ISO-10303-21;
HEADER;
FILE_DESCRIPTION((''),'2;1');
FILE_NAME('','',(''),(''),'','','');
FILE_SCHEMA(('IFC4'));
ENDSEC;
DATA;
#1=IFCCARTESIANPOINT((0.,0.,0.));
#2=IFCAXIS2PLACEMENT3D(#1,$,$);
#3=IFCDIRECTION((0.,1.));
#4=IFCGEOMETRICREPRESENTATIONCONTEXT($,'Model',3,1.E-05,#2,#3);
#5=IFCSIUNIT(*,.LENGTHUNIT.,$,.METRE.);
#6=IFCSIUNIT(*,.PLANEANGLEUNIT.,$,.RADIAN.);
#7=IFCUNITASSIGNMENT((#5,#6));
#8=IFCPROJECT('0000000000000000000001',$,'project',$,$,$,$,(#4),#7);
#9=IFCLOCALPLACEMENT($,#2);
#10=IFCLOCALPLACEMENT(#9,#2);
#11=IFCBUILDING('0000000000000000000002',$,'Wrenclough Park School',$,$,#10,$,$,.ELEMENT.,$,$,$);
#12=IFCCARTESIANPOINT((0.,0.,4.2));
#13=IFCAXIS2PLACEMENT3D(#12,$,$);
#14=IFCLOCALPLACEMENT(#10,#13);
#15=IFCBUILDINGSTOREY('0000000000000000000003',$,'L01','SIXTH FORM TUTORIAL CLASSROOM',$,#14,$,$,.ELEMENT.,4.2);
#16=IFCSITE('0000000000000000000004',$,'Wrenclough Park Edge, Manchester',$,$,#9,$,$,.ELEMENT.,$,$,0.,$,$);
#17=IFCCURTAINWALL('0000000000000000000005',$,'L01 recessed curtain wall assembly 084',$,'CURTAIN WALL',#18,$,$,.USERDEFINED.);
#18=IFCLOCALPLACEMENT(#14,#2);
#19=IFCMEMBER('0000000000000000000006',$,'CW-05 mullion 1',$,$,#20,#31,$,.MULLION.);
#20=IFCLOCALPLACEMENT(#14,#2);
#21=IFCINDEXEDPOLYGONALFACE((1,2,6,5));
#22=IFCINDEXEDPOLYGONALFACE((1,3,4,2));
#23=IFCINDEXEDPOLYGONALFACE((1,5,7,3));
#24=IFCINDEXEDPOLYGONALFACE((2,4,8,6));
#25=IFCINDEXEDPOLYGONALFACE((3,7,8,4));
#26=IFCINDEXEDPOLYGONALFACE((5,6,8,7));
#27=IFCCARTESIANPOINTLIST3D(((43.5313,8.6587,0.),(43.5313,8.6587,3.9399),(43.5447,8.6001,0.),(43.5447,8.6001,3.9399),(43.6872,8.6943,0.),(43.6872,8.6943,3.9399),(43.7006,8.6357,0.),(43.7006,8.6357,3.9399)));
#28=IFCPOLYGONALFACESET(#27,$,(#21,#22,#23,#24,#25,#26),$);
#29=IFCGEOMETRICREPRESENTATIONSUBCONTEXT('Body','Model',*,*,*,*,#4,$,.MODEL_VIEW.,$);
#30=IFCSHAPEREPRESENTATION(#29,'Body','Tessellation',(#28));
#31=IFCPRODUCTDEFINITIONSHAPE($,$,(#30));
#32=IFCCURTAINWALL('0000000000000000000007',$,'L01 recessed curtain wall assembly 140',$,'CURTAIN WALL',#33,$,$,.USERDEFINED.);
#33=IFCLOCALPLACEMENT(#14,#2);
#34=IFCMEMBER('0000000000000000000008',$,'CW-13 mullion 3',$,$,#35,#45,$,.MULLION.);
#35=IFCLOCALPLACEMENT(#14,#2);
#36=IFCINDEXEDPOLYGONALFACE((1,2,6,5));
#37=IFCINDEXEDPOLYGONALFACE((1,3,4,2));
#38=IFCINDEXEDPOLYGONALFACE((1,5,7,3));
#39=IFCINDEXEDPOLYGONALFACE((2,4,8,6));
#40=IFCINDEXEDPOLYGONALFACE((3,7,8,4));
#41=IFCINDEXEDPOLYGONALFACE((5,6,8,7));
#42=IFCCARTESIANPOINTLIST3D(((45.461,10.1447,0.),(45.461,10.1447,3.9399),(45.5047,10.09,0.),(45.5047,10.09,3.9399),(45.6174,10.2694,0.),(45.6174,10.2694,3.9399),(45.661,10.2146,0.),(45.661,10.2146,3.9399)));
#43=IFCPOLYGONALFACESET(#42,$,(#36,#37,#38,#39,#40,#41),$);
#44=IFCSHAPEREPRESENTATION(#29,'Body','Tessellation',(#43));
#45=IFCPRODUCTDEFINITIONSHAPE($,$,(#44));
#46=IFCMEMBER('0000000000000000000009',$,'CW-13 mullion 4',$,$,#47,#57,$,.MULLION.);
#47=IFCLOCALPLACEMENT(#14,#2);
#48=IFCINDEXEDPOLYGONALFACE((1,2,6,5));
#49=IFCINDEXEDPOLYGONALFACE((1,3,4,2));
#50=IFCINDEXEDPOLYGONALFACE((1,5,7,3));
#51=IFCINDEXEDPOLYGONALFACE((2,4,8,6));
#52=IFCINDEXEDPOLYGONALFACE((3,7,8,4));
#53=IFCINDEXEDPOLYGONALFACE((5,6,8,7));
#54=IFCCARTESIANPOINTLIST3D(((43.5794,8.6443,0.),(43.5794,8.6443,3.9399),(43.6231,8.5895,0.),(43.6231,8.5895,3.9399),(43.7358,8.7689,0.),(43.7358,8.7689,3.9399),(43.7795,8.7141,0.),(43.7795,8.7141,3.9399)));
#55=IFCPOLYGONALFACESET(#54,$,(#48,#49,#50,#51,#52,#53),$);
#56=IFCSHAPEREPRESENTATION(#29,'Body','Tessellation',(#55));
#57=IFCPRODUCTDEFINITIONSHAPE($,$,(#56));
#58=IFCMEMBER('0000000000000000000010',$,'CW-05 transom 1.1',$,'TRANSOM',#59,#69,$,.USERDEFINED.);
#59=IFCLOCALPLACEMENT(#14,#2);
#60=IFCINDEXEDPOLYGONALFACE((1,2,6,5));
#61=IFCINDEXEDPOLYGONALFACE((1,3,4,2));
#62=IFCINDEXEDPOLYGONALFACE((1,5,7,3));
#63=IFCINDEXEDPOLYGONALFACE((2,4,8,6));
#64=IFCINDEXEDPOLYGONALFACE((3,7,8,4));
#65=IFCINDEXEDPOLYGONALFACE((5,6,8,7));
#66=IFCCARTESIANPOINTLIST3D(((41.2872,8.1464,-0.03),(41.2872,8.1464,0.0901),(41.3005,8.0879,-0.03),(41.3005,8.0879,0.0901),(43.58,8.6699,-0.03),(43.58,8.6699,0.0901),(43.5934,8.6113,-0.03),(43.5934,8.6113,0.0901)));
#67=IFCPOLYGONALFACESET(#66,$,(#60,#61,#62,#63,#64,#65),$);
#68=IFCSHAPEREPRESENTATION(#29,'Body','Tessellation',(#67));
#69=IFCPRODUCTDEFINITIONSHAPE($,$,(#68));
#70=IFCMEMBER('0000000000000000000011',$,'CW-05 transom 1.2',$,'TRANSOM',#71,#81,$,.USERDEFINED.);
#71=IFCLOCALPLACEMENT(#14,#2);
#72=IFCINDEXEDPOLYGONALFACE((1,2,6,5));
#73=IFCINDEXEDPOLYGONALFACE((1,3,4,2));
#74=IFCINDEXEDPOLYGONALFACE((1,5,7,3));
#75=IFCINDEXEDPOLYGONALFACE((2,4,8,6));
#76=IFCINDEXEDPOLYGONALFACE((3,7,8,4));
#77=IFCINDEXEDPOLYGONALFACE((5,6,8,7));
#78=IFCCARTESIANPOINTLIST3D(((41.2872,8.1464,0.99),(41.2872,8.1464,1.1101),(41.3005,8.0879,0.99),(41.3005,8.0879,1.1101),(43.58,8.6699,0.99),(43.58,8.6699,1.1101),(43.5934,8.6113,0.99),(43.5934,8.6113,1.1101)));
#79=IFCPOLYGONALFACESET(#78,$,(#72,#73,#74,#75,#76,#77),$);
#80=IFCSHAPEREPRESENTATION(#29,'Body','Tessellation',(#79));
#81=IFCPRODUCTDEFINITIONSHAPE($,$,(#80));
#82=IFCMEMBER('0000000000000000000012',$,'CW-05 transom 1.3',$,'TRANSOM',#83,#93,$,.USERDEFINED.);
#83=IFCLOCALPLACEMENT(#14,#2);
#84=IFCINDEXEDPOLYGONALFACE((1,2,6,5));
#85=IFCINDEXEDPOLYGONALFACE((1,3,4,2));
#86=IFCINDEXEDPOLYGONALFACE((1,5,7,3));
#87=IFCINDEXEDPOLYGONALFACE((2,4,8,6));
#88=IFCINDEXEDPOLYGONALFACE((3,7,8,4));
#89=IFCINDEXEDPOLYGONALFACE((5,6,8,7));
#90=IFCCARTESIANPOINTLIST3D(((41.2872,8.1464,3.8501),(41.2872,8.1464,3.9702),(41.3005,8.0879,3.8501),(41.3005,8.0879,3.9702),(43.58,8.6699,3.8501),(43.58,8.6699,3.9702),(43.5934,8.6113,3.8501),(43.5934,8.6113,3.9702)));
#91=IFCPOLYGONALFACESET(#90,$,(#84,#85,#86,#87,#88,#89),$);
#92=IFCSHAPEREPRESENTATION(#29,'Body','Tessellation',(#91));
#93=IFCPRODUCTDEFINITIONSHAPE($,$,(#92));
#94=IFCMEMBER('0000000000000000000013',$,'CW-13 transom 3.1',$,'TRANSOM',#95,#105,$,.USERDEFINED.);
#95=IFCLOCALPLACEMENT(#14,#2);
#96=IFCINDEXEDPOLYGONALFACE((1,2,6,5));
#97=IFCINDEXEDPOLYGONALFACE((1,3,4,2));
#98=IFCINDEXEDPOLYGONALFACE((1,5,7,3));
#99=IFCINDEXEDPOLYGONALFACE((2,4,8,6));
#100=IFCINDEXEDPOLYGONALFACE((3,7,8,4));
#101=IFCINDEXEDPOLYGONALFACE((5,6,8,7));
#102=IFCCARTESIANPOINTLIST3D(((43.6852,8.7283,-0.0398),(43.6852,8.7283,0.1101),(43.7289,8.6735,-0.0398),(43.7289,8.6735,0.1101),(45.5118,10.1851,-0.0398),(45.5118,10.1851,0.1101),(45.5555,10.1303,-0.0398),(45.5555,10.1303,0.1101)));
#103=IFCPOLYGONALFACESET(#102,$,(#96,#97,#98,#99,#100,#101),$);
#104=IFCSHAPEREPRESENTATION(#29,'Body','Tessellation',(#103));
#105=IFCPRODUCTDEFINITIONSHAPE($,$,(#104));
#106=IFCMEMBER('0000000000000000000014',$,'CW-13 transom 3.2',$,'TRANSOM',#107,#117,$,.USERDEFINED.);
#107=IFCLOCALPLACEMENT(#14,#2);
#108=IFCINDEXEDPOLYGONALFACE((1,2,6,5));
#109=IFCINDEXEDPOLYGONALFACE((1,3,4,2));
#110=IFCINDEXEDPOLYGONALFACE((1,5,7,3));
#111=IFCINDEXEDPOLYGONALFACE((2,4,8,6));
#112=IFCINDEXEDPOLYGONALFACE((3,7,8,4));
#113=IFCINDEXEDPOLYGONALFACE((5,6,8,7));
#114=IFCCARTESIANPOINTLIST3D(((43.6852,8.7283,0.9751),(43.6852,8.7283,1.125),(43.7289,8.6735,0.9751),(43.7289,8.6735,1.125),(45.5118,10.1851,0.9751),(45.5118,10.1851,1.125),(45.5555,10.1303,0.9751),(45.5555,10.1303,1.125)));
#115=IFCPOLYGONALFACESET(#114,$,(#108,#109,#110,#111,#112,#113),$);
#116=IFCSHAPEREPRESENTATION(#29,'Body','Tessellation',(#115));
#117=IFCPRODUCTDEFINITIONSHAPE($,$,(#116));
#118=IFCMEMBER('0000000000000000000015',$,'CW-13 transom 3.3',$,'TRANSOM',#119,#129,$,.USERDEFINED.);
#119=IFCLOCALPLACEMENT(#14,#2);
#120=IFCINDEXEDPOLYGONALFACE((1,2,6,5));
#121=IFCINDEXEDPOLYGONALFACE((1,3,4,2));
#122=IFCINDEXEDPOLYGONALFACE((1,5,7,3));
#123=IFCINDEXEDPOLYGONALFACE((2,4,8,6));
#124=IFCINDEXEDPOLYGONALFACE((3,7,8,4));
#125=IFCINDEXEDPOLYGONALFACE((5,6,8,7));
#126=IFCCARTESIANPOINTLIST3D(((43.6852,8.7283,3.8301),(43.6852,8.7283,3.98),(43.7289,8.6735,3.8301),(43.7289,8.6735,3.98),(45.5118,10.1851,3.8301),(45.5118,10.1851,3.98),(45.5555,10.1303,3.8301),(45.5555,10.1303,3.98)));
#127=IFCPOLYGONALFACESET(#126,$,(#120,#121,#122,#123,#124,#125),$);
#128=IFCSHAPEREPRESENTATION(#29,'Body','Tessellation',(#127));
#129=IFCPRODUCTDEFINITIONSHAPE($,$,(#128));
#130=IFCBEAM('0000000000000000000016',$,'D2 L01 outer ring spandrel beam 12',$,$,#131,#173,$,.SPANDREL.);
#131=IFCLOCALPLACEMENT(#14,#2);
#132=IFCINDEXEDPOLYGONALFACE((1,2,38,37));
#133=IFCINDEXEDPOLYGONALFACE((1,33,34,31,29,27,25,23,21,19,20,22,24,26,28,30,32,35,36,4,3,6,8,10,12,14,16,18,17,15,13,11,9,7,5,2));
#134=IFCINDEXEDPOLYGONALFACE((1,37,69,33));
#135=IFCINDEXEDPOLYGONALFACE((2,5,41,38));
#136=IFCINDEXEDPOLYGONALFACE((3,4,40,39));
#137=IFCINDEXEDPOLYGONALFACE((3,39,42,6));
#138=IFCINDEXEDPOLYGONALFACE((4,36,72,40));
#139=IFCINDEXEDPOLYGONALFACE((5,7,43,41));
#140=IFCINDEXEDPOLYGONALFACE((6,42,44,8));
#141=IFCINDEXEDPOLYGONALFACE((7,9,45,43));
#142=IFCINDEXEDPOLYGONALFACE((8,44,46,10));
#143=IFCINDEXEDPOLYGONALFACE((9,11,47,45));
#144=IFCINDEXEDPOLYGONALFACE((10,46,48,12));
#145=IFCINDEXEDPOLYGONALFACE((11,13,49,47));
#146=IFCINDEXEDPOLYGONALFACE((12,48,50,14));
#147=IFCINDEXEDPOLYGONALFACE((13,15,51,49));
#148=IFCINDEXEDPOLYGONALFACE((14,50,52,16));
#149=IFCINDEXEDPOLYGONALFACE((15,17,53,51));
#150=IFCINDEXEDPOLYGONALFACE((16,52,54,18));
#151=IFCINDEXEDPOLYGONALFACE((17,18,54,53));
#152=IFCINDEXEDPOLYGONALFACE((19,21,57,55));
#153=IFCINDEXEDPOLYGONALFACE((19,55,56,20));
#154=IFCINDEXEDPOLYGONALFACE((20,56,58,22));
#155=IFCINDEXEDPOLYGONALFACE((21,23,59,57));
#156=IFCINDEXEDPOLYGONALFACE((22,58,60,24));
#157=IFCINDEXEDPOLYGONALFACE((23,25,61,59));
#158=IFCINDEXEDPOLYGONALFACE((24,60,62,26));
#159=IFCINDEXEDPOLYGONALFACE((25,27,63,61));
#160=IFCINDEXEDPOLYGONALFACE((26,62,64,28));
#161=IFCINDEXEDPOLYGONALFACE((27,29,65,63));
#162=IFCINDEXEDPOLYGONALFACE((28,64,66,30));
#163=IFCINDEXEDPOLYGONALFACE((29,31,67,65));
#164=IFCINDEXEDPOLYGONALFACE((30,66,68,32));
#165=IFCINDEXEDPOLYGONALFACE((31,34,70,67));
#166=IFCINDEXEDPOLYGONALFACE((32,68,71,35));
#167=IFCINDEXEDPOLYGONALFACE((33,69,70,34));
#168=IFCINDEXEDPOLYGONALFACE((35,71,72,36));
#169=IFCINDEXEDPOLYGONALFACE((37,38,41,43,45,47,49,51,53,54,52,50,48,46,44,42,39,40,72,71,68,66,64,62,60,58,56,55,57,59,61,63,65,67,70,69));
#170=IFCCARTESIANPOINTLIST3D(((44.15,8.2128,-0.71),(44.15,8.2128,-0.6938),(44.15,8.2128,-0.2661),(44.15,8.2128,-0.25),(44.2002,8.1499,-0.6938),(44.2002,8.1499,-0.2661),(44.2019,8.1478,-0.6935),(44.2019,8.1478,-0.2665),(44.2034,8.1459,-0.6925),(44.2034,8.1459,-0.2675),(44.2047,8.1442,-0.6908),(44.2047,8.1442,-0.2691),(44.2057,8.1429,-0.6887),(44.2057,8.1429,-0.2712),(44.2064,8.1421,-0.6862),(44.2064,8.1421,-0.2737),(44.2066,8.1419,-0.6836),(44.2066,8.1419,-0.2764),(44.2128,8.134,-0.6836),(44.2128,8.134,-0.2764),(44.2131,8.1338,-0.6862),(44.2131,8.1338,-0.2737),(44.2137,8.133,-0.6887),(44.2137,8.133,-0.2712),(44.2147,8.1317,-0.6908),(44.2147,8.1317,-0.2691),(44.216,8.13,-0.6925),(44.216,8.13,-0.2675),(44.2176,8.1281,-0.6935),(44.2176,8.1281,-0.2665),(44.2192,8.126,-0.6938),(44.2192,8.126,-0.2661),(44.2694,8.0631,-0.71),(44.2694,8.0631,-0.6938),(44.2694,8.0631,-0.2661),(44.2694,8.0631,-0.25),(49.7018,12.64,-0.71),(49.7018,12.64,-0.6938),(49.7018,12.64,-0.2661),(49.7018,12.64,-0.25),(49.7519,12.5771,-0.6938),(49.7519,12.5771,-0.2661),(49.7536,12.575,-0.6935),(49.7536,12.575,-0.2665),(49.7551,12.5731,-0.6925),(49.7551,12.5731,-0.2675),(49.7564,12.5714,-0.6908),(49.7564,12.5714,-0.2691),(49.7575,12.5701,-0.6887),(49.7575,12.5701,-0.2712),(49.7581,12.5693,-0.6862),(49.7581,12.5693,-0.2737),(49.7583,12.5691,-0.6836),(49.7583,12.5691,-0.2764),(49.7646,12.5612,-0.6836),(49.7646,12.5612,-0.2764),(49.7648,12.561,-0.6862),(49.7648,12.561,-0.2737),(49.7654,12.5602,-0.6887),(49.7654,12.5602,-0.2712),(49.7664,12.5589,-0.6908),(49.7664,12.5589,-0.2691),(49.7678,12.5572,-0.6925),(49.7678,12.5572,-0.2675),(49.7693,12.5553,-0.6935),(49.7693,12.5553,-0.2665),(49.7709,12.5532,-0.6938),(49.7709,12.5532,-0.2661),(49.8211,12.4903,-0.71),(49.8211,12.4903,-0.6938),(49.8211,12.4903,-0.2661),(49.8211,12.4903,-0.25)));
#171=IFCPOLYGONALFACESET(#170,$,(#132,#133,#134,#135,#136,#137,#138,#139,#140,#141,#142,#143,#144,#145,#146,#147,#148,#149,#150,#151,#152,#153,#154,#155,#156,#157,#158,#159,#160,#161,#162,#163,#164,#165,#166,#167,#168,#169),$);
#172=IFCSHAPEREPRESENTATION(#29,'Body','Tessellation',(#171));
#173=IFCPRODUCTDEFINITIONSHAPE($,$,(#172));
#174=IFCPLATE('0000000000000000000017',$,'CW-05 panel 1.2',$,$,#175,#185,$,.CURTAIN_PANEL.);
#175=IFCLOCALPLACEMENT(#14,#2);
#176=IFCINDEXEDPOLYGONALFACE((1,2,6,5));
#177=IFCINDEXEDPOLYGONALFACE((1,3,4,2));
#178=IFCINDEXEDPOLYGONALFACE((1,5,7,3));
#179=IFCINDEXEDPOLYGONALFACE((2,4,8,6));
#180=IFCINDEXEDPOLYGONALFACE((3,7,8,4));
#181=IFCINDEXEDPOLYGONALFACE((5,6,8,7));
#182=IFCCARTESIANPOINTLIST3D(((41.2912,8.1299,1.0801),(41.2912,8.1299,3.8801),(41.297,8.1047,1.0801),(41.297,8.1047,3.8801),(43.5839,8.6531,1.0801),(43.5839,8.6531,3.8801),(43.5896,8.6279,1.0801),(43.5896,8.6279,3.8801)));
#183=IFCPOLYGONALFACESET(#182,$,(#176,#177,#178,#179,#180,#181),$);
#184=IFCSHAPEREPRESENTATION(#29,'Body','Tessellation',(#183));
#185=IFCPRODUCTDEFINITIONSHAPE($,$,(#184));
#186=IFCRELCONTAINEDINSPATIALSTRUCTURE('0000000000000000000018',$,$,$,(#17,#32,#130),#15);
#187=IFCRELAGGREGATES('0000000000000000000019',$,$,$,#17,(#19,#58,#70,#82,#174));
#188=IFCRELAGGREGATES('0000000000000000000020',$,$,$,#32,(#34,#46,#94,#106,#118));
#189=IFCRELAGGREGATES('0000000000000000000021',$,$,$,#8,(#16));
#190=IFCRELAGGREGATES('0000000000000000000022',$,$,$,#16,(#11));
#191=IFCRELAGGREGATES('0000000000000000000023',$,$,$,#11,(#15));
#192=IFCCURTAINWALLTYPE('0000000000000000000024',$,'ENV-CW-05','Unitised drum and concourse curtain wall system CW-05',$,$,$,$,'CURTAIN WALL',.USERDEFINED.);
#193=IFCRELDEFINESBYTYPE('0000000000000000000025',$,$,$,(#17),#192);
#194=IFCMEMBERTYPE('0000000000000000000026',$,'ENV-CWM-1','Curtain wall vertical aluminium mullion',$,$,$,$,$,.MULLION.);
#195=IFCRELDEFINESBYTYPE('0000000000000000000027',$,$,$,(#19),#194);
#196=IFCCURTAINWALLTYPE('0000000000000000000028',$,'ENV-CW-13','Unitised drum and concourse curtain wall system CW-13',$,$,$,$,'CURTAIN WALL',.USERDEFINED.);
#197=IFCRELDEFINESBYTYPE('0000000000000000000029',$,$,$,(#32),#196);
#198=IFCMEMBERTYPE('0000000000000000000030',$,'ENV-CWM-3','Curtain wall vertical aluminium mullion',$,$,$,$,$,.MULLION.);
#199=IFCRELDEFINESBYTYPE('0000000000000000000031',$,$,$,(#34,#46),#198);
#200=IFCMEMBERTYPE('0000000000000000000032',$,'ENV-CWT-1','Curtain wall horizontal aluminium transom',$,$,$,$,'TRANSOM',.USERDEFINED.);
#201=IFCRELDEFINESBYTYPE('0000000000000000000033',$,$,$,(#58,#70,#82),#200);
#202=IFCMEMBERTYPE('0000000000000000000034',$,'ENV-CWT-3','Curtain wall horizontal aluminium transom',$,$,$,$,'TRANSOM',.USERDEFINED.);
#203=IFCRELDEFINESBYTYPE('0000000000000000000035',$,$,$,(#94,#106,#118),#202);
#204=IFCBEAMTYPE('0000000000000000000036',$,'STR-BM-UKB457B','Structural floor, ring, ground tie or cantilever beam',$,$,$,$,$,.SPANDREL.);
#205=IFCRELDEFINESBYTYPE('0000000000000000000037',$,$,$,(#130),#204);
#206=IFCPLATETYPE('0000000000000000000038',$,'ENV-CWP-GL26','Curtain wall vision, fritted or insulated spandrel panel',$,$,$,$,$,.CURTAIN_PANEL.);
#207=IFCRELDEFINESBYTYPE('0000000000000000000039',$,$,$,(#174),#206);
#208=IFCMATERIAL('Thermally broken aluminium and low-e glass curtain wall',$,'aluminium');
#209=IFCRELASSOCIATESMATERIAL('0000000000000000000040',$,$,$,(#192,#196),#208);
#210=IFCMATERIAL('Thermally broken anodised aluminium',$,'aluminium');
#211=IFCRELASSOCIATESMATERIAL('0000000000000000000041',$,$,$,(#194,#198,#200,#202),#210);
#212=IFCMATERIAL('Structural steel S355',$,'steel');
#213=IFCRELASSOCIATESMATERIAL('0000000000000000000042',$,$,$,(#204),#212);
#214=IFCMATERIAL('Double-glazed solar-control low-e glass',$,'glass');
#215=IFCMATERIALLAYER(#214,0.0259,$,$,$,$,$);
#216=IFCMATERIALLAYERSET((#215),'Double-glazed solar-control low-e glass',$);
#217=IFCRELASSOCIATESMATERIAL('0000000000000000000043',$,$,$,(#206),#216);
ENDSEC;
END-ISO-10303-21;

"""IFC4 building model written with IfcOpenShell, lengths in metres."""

from ifc_helpers import new_model, si_unit, direction, frame, origin, origin_2d, place, context, subcontext, project, spatial, rectangle, i_section, extrude, material, layer, layer_set, material_profile, profile_set, type_object, element, aggregate, save


model = new_model("IFC4")

# Units and contexts
model_context = context("Model", 3, precision=1e-05, world=origin(), true_north=direction((0.0, 1.0)))
body_context = subcontext(model_context, "Body", "Model", "MODEL_VIEW")
ifc_project = project(units=[si_unit("LENGTHUNIT", "METRE"), si_unit("PLANEANGLEUNIT", "RADIAN")], contexts=[model_context])

# Site, building, storey
site_placement = place(None, origin())
site = spatial("IfcSite", under=ifc_project, at=site_placement, Name="Wrenclough Park Edge, Manchester", CompositionType="ELEMENT", RefElevation=0.0)
building_placement = place(site_placement, origin())
building = spatial("IfcBuilding", under=site, at=building_placement, Name="Wrenclough Park School", CompositionType="ELEMENT")
storey_placement = place(building_placement, frame((0.0, 0.0, 4.2)))
storey = spatial("IfcBuildingStorey", under=building, at=storey_placement, Name="L01", Description="SIXTH FORM TUTORIAL CLASSROOM", CompositionType="ELEMENT", Elevation=4.2)

# Curtain wall, member
ifc_material_1 = material(Name="Thermally broken aluminium and low-e glass curtain wall", Category="aluminium")
curtain_wall_type_1 = type_object("IfcCurtainWallType", Name="ENV-CW-05", Description="Unitised drum and concourse curtain wall system CW-05", ElementType="CURTAIN WALL", PredefinedType="USERDEFINED", material=ifc_material_1)
curtain_wall_1_placement = place(storey_placement, origin())
curtain_wall_1 = element("IfcCurtainWall", 1, at=curtain_wall_1_placement, inside=storey, type_object=curtain_wall_type_1, Name="L01 recessed curtain wall assembly 084", ObjectType="CURTAIN WALL", PredefinedType="USERDEFINED")
ifc_material_2 = material(Name="Thermally broken anodised aluminium", Category="aluminium")
ifc_material_profile_1 = material_profile(ifc_material_2, rectangle(XDim=0.0601, YDim=0.1599, at=origin_2d()), Name="AL MULLION 60x160")
ifc_profile_set_1 = profile_set([ifc_material_profile_1], Name="Thermally broken anodised aluminium")
member_type_1 = type_object("IfcMemberType", Name="ENV-CWM-1", Description="Curtain wall vertical aluminium mullion", PredefinedType="MULLION", material=ifc_profile_set_1)
member_1_placement = place(storey_placement, frame((43.616, 8.6472, 0.0), z_axis=(0.0, 0.0, 1.0), x_axis=(0.222514, -0.97493, 0.0)))
member_1 = element("IfcMember", 2, at=member_1_placement, type_object=member_type_1, Name="CW-05 mullion 1", PredefinedType="MULLION", context=body_context, shape_type="SweptSolid", body=[
    extrude(rectangle(XDim=0.0601, YDim=0.1599, at=origin_2d()), origin(), (0.0, 0.0, 1.0), 3.9399),
])

# Curtain wall, members
curtain_wall_type_2 = type_object("IfcCurtainWallType", Name="ENV-CW-13", Description="Unitised drum and concourse curtain wall system CW-13", ElementType="CURTAIN WALL", PredefinedType="USERDEFINED", material=ifc_material_1)
curtain_wall_2_placement = place(storey_placement, origin())
curtain_wall_2 = element("IfcCurtainWall", 3, at=curtain_wall_2_placement, inside=storey, type_object=curtain_wall_type_2, Name="L01 recessed curtain wall assembly 140", ObjectType="CURTAIN WALL", PredefinedType="USERDEFINED")
ifc_material_profile_2 = material_profile(ifc_material_2, rectangle(XDim=0.0701, YDim=0.2, at=origin_2d()), Name="AL MULLION 70x200")
ifc_profile_set_2 = profile_set([ifc_material_profile_2], Name="Thermally broken anodised aluminium")
member_type_2 = type_object("IfcMemberType", Name="ENV-CWM-3", Description="Curtain wall vertical aluminium mullion", PredefinedType="MULLION", material=ifc_profile_set_2)
member_2_placement = place(storey_placement, frame((45.561, 10.1797, 0.0), z_axis=(0.0, 0.0, 1.0), x_axis=(0.623484, -0.781836, 0.0)))
member_2 = element("IfcMember", 4, at=member_2_placement, type_object=member_type_2, Name="CW-13 mullion 3", PredefinedType="MULLION", context=body_context, shape_type="SweptSolid", body=[
    extrude(rectangle(XDim=0.0701, YDim=0.2, at=origin_2d()), origin(), (0.0, 0.0, 1.0), 3.9399),
])
member_3_placement = place(storey_placement, frame((43.6794, 8.6792, 0.0), z_axis=(0.0, 0.0, 1.0), x_axis=(0.623484, -0.781836, 0.0)))
member_3 = element("IfcMember", 5, at=member_3_placement, type_object=member_type_2, Name="CW-13 mullion 4", PredefinedType="MULLION", context=body_context, shape_type="SweptSolid", body=[
    extrude(rectangle(XDim=0.0701, YDim=0.2, at=origin_2d()), origin(), (0.0, 0.0, 1.0), 3.9399),
])

# Members
ifc_material_profile_3 = material_profile(ifc_material_2, rectangle(XDim=0.0601, YDim=0.1201, at=origin_2d()), Name="AL TRANSOM 60x120")
ifc_profile_set_3 = profile_set([ifc_material_profile_3], Name="Thermally broken anodised aluminium")
member_type_3 = type_object("IfcMemberType", Name="ENV-CWT-1", Description="Curtain wall horizontal aluminium transom", ElementType="TRANSOM", PredefinedType="USERDEFINED", material=ifc_profile_set_3)
member_4_placement = place(storey_placement, frame((43.5867, 8.6406, 0.03), z_axis=(-0.974915, -0.222577, 0.0), x_axis=(0.222577, -0.974915, 0.0)))
member_4 = element("IfcMember", 6, at=member_4_placement, type_object=member_type_3, Name="CW-05 transom 1.1", ObjectType="TRANSOM", PredefinedType="USERDEFINED", context=body_context, shape_type="SweptSolid", body=[
    extrude(rectangle(XDim=0.0601, YDim=0.1201, at=origin_2d()), origin(), (0.0, 0.0, 1.0), 2.3518),
])
member_5_placement = place(storey_placement, frame((43.5867, 8.6406, 1.05), z_axis=(-0.974915, -0.222577, 0.0), x_axis=(0.222577, -0.974915, 0.0)))
member_5 = element("IfcMember", 7, at=member_5_placement, type_object=member_type_3, Name="CW-05 transom 1.2", ObjectType="TRANSOM", PredefinedType="USERDEFINED", context=body_context, shape_type="SweptSolid", body=[
    extrude(rectangle(XDim=0.0601, YDim=0.1201, at=origin_2d()), origin(), (0.0, 0.0, 1.0), 2.3518),
])
member_6_placement = place(storey_placement, frame((43.5867, 8.6406, 3.9102), z_axis=(-0.974915, -0.222577, 0.0), x_axis=(0.222577, -0.974915, 0.0)))
member_6 = element("IfcMember", 8, at=member_6_placement, type_object=member_type_3, Name="CW-05 transom 1.3", ObjectType="TRANSOM", PredefinedType="USERDEFINED", context=body_context, shape_type="SweptSolid", body=[
    extrude(rectangle(XDim=0.0601, YDim=0.1201, at=origin_2d()), origin(), (0.0, 0.0, 1.0), 2.3518),
])
ifc_material_profile_4 = material_profile(ifc_material_2, rectangle(XDim=0.0701, YDim=0.1499, at=origin_2d()), Name="AL TRANSOM 70x150")
ifc_profile_set_4 = profile_set([ifc_material_profile_4], Name="Thermally broken anodised aluminium")
member_type_4 = type_object("IfcMemberType", Name="ENV-CWT-3", Description="Curtain wall horizontal aluminium transom", ElementType="TRANSOM", PredefinedType="USERDEFINED", material=ifc_profile_set_4)
member_7_placement = place(storey_placement, frame((45.5337, 10.1577, 0.0352), z_axis=(-0.781816, -0.623509, 0.0), x_axis=(0.623509, -0.781816, 0.0)))
member_7 = element("IfcMember", 9, at=member_7_placement, type_object=member_type_4, Name="CW-13 transom 3.1", ObjectType="TRANSOM", PredefinedType="USERDEFINED", context=body_context, shape_type="SweptSolid", body=[
    extrude(rectangle(XDim=0.0701, YDim=0.1499, at=origin_2d()), origin(), (0.0, 0.0, 1.0), 2.3364),
])
member_8_placement = place(storey_placement, frame((45.5337, 10.1577, 1.05), z_axis=(-0.781816, -0.623509, 0.0), x_axis=(0.623509, -0.781816, 0.0)))
member_8 = element("IfcMember", 10, at=member_8_placement, type_object=member_type_4, Name="CW-13 transom 3.2", ObjectType="TRANSOM", PredefinedType="USERDEFINED", context=body_context, shape_type="SweptSolid", body=[
    extrude(rectangle(XDim=0.0701, YDim=0.1499, at=origin_2d()), origin(), (0.0, 0.0, 1.0), 2.3364),
])
member_9_placement = place(storey_placement, frame((45.5337, 10.1577, 3.905), z_axis=(-0.781816, -0.623509, 0.0), x_axis=(0.623509, -0.781816, 0.0)))
member_9 = element("IfcMember", 11, at=member_9_placement, type_object=member_type_4, Name="CW-13 transom 3.3", ObjectType="TRANSOM", PredefinedType="USERDEFINED", context=body_context, shape_type="SweptSolid", body=[
    extrude(rectangle(XDim=0.0701, YDim=0.1499, at=origin_2d()), origin(), (0.0, 0.0, 1.0), 2.3364),
])

# Beam
ifc_material_3 = material(Name="Structural steel S355", Category="steel")
ifc_material_profile_5 = material_profile(ifc_material_3, i_section(OverallWidth=0.1914, OverallDepth=0.46, WebThickness=0.01, FlangeThickness=0.0161, FilletRadius=0.0103, at=origin_2d()), Name="UKB 457x191x82")
ifc_profile_set_5 = profile_set([ifc_material_profile_5], Name="Structural steel S355")
beam_type = type_object("IfcBeamType", Name="STR-BM-UKB457B", Description="Structural floor, ring, ground tie or cantilever beam", PredefinedType="SPANDREL", material=ifc_profile_set_5)
beam_placement = place(storey_placement, frame((44.2097, 8.1379, -0.48), z_axis=(0.781841, 0.623478, 0.0), x_axis=(-0.623478, 0.781841, 0.0)))
element("IfcBeam", 12, at=beam_placement, inside=storey, type_object=beam_type, Name="D2 L01 outer ring spandrel beam 12", PredefinedType="SPANDREL", context=body_context, shape_type="SweptSolid", body=[
    extrude(i_section(OverallWidth=0.1914, OverallDepth=0.46, WebThickness=0.01, FlangeThickness=0.0161, FilletRadius=0.0103, at=origin_2d()), origin(), (0.0, 0.0, 1.0), 7.1008),
])

# Plate
ifc_material_4 = material(Name="Double-glazed solar-control low-e glass", Category="glass")
ifc_layer_1 = layer(ifc_material_4, 0.0259)
ifc_layer_set_1 = layer_set([ifc_layer_1], Name="Double-glazed solar-control low-e glass")
plate_type_1 = type_object("IfcPlateType", Name="ENV-CWP-GL26", Description="Curtain wall vision, fritted or insulated spandrel panel", PredefinedType="CURTAIN_PANEL", material=ifc_layer_set_1)
plate_1_placement = place(storey_placement, frame((42.4404, 8.3789, 1.0801), z_axis=(0.0, 0.0, 1.0), x_axis=(-0.97493, -0.222514, 0.0)))
plate_1 = element("IfcPlate", 13, at=plate_1_placement, type_object=plate_type_1, Name="CW-05 panel 1.2", PredefinedType="CURTAIN_PANEL", context=body_context, shape_type="SweptSolid", body=[
    extrude(rectangle(XDim=2.3516, YDim=0.0259, at=origin_2d()), origin(), (0.0, 0.0, 1.0), 2.8),
])
aggregate(curtain_wall_1, [member_1, member_4, member_5, member_6, plate_1])
aggregate(curtain_wall_2, [member_2, member_3, member_7, member_8, member_9])

save(model, "model.ifc")
